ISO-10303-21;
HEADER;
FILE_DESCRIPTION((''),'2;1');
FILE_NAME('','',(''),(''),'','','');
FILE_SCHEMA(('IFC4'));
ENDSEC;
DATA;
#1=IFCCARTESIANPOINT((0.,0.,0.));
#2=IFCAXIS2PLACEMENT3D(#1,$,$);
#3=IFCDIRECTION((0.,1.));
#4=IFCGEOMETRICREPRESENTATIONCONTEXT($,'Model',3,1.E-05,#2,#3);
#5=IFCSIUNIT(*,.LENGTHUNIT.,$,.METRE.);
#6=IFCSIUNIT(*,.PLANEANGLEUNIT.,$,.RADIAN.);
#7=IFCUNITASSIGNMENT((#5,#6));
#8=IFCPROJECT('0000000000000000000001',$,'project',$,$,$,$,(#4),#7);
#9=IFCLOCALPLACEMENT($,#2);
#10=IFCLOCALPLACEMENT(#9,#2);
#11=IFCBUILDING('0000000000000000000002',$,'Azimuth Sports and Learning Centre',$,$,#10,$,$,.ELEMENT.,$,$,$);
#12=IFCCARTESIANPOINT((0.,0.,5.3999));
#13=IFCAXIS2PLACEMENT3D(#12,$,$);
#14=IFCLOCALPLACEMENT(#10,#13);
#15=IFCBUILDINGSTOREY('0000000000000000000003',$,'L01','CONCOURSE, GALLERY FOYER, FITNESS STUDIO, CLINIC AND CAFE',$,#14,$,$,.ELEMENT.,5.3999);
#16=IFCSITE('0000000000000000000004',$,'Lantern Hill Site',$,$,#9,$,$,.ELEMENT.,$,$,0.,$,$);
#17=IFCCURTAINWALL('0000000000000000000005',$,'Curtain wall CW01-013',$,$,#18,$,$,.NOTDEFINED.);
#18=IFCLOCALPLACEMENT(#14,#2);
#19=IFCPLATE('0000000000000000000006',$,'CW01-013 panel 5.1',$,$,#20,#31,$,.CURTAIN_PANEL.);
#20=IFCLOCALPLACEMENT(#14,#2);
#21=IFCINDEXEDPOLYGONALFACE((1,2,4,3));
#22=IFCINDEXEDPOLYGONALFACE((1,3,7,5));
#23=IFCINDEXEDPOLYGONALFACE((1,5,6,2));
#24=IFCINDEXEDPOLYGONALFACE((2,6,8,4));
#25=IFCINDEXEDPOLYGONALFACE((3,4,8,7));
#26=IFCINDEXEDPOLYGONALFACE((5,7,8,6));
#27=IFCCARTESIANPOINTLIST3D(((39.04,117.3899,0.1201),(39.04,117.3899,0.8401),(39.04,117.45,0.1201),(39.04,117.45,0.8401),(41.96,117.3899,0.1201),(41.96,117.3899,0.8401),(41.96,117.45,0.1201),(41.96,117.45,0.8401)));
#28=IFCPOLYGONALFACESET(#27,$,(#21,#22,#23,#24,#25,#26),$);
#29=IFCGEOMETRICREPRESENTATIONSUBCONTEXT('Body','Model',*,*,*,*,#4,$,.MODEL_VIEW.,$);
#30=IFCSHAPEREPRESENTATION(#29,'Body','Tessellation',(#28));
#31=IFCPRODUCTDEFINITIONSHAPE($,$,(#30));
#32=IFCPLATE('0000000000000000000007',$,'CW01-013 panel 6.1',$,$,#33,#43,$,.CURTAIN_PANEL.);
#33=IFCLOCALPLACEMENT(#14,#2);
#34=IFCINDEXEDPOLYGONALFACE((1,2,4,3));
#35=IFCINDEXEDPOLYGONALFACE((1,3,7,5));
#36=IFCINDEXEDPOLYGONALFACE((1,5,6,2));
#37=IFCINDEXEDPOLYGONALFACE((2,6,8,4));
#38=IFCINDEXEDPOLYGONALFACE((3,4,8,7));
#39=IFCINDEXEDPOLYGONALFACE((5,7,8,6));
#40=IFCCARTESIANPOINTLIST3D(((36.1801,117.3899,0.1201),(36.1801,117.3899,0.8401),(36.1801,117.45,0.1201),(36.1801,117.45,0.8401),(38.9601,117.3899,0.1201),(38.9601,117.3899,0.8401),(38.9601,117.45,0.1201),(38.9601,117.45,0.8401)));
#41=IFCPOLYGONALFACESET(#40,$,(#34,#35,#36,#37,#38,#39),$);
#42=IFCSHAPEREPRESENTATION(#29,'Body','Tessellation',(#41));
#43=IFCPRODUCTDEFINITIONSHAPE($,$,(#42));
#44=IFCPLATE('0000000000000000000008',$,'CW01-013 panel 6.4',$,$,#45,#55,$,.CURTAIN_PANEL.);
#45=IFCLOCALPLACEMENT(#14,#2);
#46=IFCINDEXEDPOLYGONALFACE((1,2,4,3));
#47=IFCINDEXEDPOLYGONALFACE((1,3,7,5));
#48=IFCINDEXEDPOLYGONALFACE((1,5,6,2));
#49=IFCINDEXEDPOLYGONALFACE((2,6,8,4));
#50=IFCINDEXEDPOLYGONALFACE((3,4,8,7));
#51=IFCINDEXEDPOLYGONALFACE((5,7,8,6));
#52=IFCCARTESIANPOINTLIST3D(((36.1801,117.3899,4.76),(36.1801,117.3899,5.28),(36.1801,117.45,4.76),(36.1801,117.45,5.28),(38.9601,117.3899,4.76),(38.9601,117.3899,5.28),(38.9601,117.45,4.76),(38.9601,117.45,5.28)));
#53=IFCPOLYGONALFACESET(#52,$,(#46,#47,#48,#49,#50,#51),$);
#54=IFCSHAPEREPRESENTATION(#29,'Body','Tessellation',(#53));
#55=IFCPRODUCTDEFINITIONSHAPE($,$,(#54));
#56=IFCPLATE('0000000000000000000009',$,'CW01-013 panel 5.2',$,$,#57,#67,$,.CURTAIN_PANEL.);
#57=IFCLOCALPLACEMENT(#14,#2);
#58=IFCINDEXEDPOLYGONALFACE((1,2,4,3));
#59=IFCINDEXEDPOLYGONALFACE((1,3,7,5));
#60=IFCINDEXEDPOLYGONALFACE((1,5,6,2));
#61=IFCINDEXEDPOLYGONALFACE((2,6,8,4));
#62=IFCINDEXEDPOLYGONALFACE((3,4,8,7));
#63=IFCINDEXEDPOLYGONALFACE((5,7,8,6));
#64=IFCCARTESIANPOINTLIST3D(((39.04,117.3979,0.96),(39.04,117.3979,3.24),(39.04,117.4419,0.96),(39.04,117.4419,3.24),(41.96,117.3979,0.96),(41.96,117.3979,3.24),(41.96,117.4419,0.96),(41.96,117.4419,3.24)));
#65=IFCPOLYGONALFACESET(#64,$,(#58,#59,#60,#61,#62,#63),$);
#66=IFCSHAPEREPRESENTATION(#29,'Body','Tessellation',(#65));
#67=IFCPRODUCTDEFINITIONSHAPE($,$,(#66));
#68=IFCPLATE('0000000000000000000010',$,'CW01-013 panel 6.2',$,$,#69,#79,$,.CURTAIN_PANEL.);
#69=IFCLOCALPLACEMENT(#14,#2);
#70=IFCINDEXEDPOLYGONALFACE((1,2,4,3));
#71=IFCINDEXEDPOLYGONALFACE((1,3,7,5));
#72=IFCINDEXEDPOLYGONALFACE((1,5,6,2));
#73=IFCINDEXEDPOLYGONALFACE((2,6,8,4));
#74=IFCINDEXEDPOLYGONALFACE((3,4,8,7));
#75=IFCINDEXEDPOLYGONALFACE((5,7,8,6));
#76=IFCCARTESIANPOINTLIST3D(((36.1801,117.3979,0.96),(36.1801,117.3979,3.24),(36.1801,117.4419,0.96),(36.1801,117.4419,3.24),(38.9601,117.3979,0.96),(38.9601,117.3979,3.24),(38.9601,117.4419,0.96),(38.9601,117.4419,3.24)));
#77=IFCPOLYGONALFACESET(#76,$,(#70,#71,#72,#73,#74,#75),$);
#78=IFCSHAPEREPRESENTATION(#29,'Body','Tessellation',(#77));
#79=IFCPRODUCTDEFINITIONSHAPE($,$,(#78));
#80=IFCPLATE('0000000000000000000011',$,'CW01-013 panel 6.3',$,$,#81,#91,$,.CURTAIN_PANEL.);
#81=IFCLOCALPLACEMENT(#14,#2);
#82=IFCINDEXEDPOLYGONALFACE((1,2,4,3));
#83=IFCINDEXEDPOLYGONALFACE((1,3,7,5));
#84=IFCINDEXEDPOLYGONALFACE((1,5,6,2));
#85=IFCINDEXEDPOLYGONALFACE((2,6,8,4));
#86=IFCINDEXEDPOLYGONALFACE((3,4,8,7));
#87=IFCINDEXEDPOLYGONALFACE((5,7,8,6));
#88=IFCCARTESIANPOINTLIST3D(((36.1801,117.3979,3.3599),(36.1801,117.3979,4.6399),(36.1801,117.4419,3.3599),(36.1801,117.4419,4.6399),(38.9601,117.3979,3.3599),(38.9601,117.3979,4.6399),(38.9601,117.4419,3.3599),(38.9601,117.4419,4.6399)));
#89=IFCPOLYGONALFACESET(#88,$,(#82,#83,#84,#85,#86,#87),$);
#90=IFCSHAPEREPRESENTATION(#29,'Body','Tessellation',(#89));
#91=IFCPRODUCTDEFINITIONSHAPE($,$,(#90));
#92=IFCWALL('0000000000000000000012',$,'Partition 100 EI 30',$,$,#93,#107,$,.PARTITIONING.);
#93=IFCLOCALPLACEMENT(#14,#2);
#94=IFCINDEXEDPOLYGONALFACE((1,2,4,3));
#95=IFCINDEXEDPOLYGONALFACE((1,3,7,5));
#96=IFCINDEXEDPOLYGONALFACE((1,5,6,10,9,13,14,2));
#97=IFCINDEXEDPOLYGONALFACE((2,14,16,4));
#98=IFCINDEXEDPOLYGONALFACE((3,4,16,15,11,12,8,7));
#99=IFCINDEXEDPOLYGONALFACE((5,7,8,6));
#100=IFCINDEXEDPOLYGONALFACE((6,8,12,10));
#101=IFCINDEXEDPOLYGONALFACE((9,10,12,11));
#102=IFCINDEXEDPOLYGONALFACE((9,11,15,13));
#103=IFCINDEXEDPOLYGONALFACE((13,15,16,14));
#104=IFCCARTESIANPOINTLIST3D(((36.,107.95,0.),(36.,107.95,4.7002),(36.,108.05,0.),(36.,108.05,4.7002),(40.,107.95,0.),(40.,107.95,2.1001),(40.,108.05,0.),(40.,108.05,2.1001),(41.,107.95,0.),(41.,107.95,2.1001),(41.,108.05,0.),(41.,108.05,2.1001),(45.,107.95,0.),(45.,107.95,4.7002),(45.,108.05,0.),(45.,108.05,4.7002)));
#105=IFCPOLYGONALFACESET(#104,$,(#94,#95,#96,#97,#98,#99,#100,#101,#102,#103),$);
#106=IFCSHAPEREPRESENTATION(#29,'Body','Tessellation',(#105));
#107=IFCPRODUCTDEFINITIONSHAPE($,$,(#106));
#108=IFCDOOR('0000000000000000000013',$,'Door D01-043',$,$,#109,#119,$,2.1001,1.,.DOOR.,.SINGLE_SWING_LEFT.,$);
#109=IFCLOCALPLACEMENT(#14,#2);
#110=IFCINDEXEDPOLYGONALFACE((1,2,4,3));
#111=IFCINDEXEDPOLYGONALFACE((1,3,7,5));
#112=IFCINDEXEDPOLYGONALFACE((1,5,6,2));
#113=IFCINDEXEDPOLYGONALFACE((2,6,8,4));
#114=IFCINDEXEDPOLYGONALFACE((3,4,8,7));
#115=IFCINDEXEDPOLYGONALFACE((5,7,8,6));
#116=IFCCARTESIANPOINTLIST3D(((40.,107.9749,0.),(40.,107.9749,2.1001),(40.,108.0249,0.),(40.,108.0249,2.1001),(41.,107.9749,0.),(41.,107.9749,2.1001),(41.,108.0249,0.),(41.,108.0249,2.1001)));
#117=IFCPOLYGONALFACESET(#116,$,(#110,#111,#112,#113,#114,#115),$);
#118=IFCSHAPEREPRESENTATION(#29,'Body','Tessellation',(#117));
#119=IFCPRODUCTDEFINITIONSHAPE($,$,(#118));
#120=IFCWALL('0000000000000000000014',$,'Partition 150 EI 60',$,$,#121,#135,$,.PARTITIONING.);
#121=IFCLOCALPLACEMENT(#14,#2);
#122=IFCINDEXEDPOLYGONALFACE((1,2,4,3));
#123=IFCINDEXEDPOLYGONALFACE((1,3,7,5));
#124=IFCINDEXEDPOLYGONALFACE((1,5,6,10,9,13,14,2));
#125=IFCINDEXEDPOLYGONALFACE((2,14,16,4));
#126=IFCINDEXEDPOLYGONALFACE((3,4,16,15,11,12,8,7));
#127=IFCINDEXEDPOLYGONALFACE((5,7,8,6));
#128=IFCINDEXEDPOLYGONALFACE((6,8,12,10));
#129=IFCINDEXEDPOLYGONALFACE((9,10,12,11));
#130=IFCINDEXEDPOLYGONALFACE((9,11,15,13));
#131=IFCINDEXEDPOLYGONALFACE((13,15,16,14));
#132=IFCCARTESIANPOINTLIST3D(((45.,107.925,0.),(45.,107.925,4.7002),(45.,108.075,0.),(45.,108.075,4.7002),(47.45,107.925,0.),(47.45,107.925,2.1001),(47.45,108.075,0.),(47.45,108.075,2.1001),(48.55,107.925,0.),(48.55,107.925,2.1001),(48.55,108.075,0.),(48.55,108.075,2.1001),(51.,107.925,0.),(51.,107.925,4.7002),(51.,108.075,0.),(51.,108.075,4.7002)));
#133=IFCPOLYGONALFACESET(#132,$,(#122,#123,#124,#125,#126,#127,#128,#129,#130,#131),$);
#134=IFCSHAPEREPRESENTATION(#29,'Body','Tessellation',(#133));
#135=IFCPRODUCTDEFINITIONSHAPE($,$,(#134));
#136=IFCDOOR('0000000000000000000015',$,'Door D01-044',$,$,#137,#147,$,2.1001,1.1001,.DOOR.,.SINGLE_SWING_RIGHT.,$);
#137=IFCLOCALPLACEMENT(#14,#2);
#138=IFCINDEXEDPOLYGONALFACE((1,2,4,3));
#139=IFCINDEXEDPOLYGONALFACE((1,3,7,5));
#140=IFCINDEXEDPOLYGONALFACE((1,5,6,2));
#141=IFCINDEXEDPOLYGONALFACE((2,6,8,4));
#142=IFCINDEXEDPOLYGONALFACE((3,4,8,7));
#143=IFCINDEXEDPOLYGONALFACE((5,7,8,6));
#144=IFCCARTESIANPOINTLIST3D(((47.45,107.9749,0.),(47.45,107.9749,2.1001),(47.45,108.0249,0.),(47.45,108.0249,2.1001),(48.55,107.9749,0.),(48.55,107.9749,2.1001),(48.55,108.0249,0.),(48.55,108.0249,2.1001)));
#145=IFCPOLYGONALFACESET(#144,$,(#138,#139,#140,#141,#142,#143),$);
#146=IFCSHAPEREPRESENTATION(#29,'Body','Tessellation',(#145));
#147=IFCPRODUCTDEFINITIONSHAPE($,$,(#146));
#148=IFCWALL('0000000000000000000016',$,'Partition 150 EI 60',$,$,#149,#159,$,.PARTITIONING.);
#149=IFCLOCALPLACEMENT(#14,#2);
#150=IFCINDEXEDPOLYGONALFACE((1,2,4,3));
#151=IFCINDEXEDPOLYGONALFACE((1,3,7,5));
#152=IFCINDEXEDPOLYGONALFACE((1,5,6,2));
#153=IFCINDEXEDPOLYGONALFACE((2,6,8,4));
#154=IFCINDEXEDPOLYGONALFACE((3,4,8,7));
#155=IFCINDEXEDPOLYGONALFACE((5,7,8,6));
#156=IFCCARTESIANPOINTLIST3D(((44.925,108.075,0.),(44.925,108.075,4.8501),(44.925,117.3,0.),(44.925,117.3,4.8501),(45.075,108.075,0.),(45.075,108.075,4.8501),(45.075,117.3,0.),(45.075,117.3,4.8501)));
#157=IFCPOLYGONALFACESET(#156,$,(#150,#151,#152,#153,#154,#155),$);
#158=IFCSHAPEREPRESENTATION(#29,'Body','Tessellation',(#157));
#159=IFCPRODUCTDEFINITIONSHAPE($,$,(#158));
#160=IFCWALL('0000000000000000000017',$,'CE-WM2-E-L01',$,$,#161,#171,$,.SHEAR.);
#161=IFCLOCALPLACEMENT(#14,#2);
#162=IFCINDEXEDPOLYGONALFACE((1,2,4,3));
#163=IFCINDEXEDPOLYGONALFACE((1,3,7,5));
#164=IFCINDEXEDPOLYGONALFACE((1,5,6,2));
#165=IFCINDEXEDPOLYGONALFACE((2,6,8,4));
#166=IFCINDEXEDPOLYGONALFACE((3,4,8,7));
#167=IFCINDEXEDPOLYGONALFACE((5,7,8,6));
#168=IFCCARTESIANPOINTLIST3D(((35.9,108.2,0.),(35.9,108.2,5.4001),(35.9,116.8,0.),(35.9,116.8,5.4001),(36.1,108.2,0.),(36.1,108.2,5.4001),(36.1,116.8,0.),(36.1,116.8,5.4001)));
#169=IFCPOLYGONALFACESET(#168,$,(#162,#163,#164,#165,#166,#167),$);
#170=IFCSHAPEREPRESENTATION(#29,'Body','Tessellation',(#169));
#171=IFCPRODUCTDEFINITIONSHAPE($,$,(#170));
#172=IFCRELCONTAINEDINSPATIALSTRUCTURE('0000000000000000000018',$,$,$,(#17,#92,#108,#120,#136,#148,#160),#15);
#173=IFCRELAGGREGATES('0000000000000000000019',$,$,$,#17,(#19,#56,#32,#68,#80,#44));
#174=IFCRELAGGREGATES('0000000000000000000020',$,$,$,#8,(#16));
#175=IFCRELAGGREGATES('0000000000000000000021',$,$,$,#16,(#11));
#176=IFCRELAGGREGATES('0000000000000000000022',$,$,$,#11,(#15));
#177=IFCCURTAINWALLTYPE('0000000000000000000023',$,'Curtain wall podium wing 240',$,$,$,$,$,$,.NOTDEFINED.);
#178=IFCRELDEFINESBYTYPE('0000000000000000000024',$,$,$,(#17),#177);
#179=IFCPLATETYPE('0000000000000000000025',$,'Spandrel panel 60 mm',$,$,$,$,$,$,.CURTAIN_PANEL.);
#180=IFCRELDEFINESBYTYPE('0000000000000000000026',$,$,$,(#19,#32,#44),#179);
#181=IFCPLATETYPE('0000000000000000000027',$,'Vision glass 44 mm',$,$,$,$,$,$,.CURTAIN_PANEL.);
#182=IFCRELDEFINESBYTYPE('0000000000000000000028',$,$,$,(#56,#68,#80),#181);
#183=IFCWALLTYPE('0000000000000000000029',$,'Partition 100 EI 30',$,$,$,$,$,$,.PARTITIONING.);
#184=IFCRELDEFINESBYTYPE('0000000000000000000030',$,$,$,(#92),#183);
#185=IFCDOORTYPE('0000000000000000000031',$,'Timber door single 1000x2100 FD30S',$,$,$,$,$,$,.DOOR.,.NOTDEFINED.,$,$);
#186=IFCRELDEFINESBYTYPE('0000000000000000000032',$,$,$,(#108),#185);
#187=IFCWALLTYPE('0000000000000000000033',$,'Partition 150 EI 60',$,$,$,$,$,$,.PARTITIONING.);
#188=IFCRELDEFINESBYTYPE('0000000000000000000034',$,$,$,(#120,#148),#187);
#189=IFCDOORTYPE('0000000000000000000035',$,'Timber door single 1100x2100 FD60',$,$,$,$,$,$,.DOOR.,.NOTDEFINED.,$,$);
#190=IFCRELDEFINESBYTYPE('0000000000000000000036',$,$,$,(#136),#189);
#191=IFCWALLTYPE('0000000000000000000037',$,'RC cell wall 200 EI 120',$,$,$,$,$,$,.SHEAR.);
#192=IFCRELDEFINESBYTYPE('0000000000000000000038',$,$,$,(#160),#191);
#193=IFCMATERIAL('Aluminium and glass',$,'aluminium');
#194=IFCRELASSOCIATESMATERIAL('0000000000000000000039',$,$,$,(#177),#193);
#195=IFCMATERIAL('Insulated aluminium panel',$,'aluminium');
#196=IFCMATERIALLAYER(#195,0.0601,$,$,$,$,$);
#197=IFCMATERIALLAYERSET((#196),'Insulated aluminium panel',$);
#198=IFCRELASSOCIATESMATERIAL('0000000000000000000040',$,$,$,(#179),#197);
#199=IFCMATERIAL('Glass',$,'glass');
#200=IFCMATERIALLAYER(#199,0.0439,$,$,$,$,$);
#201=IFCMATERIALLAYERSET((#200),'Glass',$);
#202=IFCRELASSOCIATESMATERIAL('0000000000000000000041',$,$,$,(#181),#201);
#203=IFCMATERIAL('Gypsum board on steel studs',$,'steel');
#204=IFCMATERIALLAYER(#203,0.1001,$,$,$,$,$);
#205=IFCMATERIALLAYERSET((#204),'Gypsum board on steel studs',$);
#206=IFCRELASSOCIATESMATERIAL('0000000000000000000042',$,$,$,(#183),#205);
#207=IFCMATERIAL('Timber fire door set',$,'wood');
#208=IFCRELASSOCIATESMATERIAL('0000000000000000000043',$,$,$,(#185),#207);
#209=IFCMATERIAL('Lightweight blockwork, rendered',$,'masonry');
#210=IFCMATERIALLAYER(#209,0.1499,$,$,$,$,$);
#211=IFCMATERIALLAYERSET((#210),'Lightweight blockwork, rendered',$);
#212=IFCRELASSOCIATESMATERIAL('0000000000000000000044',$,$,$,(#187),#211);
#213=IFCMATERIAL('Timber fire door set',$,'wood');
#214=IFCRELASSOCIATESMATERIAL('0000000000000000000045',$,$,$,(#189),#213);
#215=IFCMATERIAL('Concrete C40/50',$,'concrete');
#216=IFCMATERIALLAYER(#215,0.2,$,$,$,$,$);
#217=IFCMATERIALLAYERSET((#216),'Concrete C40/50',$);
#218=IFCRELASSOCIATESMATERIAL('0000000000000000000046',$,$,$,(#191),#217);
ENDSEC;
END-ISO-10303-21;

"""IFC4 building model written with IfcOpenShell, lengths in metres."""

from ifc_helpers import new_model, si_unit, direction, frame, frame_2d, origin, origin_2d, place, context, subcontext, project, spatial, rectangle, extrude, material, layer, layer_set, type_object, element, fill, aggregate, save


model = new_model("IFC4")

# Units and contexts
model_context = context("Model", 3, precision=1e-05, world=origin(), true_north=direction((0.0, 1.0)))
body_context = subcontext(model_context, "Body", "Model", "MODEL_VIEW")
ifc_project = project(units=[si_unit("LENGTHUNIT", "METRE"), si_unit("PLANEANGLEUNIT", "RADIAN")], contexts=[model_context])

# Site, building, storey
site_placement = place(None, origin())
site = spatial("IfcSite", under=ifc_project, at=site_placement, Name="Lantern Hill Site", CompositionType="ELEMENT", RefElevation=0.0)
building_placement = place(site_placement, origin())
building = spatial("IfcBuilding", under=site, at=building_placement, Name="Azimuth Sports and Learning Centre", CompositionType="ELEMENT")
storey_placement = place(building_placement, frame((0.0, 0.0, 5.3999)))
storey = spatial("IfcBuildingStorey", under=building, at=storey_placement, Name="L01", Description="CONCOURSE, GALLERY FOYER, FITNESS STUDIO, CLINIC AND CAFE", CompositionType="ELEMENT", Elevation=5.3999)

# Curtain wall, plates
ifc_material_1 = material(Name="Aluminium and glass", Category="aluminium")
curtain_wall_type = type_object("IfcCurtainWallType", Name="Curtain wall podium wing 240", PredefinedType="NOTDEFINED", material=ifc_material_1)
curtain_wall_placement = place(storey_placement, origin())
curtain_wall = element("IfcCurtainWall", 1, at=curtain_wall_placement, inside=storey, type_object=curtain_wall_type, Name="Curtain wall CW01-013", PredefinedType="NOTDEFINED")
ifc_material_2 = material(Name="Insulated aluminium panel", Category="aluminium")
ifc_layer_1 = layer(ifc_material_2, 0.0601)
ifc_layer_set_1 = layer_set([ifc_layer_1], Name="Insulated aluminium panel")
plate_type_1 = type_object("IfcPlateType", Name="Spandrel panel 60 mm", PredefinedType="CURTAIN_PANEL", material=ifc_layer_set_1)
plate_1_placement = place(storey_placement, frame((40.5, 117.4199, 0.1201), z_axis=(0.0, 0.0, 1.0), x_axis=(-1.0, 0.0, 0.0)))
plate_1 = element("IfcPlate", 2, at=plate_1_placement, type_object=plate_type_1, Name="CW01-013 panel 5.1", PredefinedType="CURTAIN_PANEL", context=body_context, shape_type="SweptSolid", body=[
    extrude(rectangle(XDim=2.9199, YDim=0.0601, at=origin_2d()), origin(), (0.0, 0.0, 1.0), 0.72),
])
plate_2_placement = place(storey_placement, frame((37.5701, 117.4199, 0.1201), z_axis=(0.0, 0.0, 1.0), x_axis=(-1.0, 0.0, 0.0)))
plate_2 = element("IfcPlate", 3, at=plate_2_placement, type_object=plate_type_1, Name="CW01-013 panel 6.1", PredefinedType="CURTAIN_PANEL", context=body_context, shape_type="SweptSolid", body=[
    extrude(rectangle(XDim=2.78, YDim=0.0601, at=origin_2d()), origin(), (0.0, 0.0, 1.0), 0.72),
])
plate_3_placement = place(storey_placement, frame((37.5701, 117.4199, 4.76), z_axis=(0.0, 0.0, 1.0), x_axis=(-1.0, 0.0, 0.0)))
plate_3 = element("IfcPlate", 4, at=plate_3_placement, type_object=plate_type_1, Name="CW01-013 panel 6.4", PredefinedType="CURTAIN_PANEL", context=body_context, shape_type="SweptSolid", body=[
    extrude(rectangle(XDim=2.78, YDim=0.0601, at=origin_2d()), origin(), (0.0, 0.0, 1.0), 0.52),
])
ifc_material_3 = material(Name="Glass", Category="glass")
ifc_layer_2 = layer(ifc_material_3, 0.0439)
ifc_layer_set_2 = layer_set([ifc_layer_2], Name="Glass")
plate_type_2 = type_object("IfcPlateType", Name="Vision glass 44 mm", PredefinedType="CURTAIN_PANEL", material=ifc_layer_set_2)
plate_4_placement = place(storey_placement, frame((40.5, 117.4199, 0.96), z_axis=(0.0, 0.0, 1.0), x_axis=(-1.0, 0.0, 0.0)))
plate_4 = element("IfcPlate", 5, at=plate_4_placement, type_object=plate_type_2, Name="CW01-013 panel 5.2", PredefinedType="CURTAIN_PANEL", context=body_context, shape_type="SweptSolid", body=[
    extrude(rectangle(XDim=2.9199, YDim=0.0439, at=origin_2d()), origin(), (0.0, 0.0, 1.0), 2.28),
])
plate_5_placement = place(storey_placement, frame((37.5701, 117.4199, 0.96), z_axis=(0.0, 0.0, 1.0), x_axis=(-1.0, 0.0, 0.0)))
plate_5 = element("IfcPlate", 6, at=plate_5_placement, type_object=plate_type_2, Name="CW01-013 panel 6.2", PredefinedType="CURTAIN_PANEL", context=body_context, shape_type="SweptSolid", body=[
    extrude(rectangle(XDim=2.78, YDim=0.0439, at=origin_2d()), origin(), (0.0, 0.0, 1.0), 2.28),
])
plate_6_placement = place(storey_placement, frame((37.5701, 117.4199, 3.3599), z_axis=(0.0, 0.0, 1.0), x_axis=(-1.0, 0.0, 0.0)))
plate_6 = element("IfcPlate", 7, at=plate_6_placement, type_object=plate_type_2, Name="CW01-013 panel 6.3", PredefinedType="CURTAIN_PANEL", context=body_context, shape_type="SweptSolid", body=[
    extrude(rectangle(XDim=2.78, YDim=0.0439, at=origin_2d()), origin(), (0.0, 0.0, 1.0), 1.28),
])
aggregate(curtain_wall, [plate_1, plate_4, plate_2, plate_5, plate_6, plate_3])

# Walls, openings, doors
ifc_material_4 = material(Name="Gypsum board on steel studs", Category="steel")
ifc_layer_3 = layer(ifc_material_4, 0.1001)
ifc_layer_set_3 = layer_set([ifc_layer_3], Name="Gypsum board on steel studs")
wall_type_1 = type_object("IfcWallType", Name="Partition 100 EI 30", PredefinedType="PARTITIONING", material=ifc_layer_set_3)
wall_1_placement = place(storey_placement, frame((36.0, 108.0, 0.0), z_axis=(0.0, 0.0, 1.0), x_axis=(1.0, 0.0, 0.0)))
wall_1 = element("IfcWall", 8, at=wall_1_placement, inside=storey, type_object=wall_type_1, Name="Partition 100 EI 30", PredefinedType="PARTITIONING", context=body_context, shape_type="SweptSolid", body=[
    extrude(rectangle(XDim=9.0, YDim=0.1001, at=frame_2d((4.5, 0.0))), origin(), (0.0, 0.0, 1.0), 4.7002),
])
opening_1_placement = place(wall_1_placement, frame((4.0, 0.0, 0.0)))
opening_1 = element("IfcOpeningElement", 9, at=opening_1_placement, cuts=wall_1, PredefinedType="OPENING", context=body_context, shape_type="SweptSolid", body=[
    extrude(rectangle(XDim=1.0, YDim=2.1001, at=frame_2d((0.5, 1.05))), frame((0.0, 0.061, 0.0), z_axis=(0.0, -1.0, 0.0), x_axis=(1.0, 0.0, 0.0)), (0.0, 0.0, 1.0), 0.1221),
])
ifc_material_5 = material(Name="Timber fire door set", Category="wood")
door_type_1 = type_object("IfcDoorType", Name="Timber door single 1000x2100 FD30S", OperationType="NOTDEFINED", PredefinedType="DOOR", material=ifc_material_5)
door_1_placement = place(opening_1_placement, origin())
door_1 = element("IfcDoor", 10, at=door_1_placement, inside=storey, type_object=door_type_1, Name="Door D01-043", OperationType="SINGLE_SWING_LEFT", OverallHeight=2.1001, OverallWidth=1.0, PredefinedType="DOOR", context=body_context, shape_type="SweptSolid", body=[
    extrude(rectangle(XDim=1.0, YDim=2.1001, at=frame_2d((0.5, 1.05))), frame((0.0, 0.0249, 0.0), z_axis=(0.0, -1.0, 0.0), x_axis=(1.0, 0.0, 0.0)), (0.0, 0.0, 1.0), 0.05),
])
fill(opening_1, door_1)
ifc_material_6 = material(Name="Lightweight blockwork, rendered", Category="masonry")
ifc_layer_4 = layer(ifc_material_6, 0.1499)
ifc_layer_set_4 = layer_set([ifc_layer_4], Name="Lightweight blockwork, rendered")
wall_type_2 = type_object("IfcWallType", Name="Partition 150 EI 60", PredefinedType="PARTITIONING", material=ifc_layer_set_4)
wall_2_placement = place(storey_placement, frame((45.0, 108.0, 0.0), z_axis=(0.0, 0.0, 1.0), x_axis=(1.0, 0.0, 0.0)))
wall_2 = element("IfcWall", 11, at=wall_2_placement, inside=storey, type_object=wall_type_2, Name="Partition 150 EI 60", PredefinedType="PARTITIONING", context=body_context, shape_type="SweptSolid", body=[
    extrude(rectangle(XDim=6.0, YDim=0.1499, at=frame_2d((3.0, 0.0))), origin(), (0.0, 0.0, 1.0), 4.7002),
])
opening_2_placement = place(wall_2_placement, frame((2.45, 0.0, 0.0)))
opening_2 = element("IfcOpeningElement", 12, at=opening_2_placement, cuts=wall_2, PredefinedType="OPENING", context=body_context, shape_type="SweptSolid", body=[
    extrude(rectangle(XDim=1.1001, YDim=2.1001, at=frame_2d((0.55, 1.05))), frame((0.0, 0.0859, 0.0), z_axis=(0.0, -1.0, 0.0), x_axis=(1.0, 0.0, 0.0)), (0.0, 0.0, 1.0), 0.1719),
])
ifc_material_7 = material(Name="Timber fire door set", Category="wood")
door_type_2 = type_object("IfcDoorType", Name="Timber door single 1100x2100 FD60", OperationType="NOTDEFINED", PredefinedType="DOOR", material=ifc_material_7)
door_2_placement = place(opening_2_placement, origin())
door_2 = element("IfcDoor", 13, at=door_2_placement, inside=storey, type_object=door_type_2, Name="Door D01-044", OperationType="SINGLE_SWING_RIGHT", OverallHeight=2.1001, OverallWidth=1.1001, PredefinedType="DOOR", context=body_context, shape_type="SweptSolid", body=[
    extrude(rectangle(XDim=1.1001, YDim=2.1001, at=frame_2d((0.55, 1.05))), frame((0.0, 0.0249, 0.0), z_axis=(0.0, -1.0, 0.0), x_axis=(1.0, 0.0, 0.0)), (0.0, 0.0, 1.0), 0.05),
])
fill(opening_2, door_2)

# Walls
wall_3_placement = place(storey_placement, frame((45.0, 108.075, 0.0), z_axis=(0.0, 0.0, 1.0), x_axis=(0.0, 1.0, 0.0)))
element("IfcWall", 14, at=wall_3_placement, inside=storey, type_object=wall_type_2, Name="Partition 150 EI 60", PredefinedType="PARTITIONING", context=body_context, shape_type="SweptSolid", body=[
    extrude(rectangle(XDim=9.2251, YDim=0.1499, at=frame_2d((4.6125, 0.0))), origin(), (0.0, 0.0, 1.0), 4.8501),
])
ifc_material_8 = material(Name="Concrete C40/50", Category="concrete")
ifc_layer_5 = layer(ifc_material_8, 0.2)
ifc_layer_set_5 = layer_set([ifc_layer_5], Name="Concrete C40/50")
wall_type_3 = type_object("IfcWallType", Name="RC cell wall 200 EI 120", PredefinedType="SHEAR", material=ifc_layer_set_5)
wall_4_placement = place(storey_placement, frame((36.0, 108.2, 0.0), z_axis=(0.0, 0.0, 1.0), x_axis=(0.0, 1.0, 0.0)))
element("IfcWall", 15, at=wall_4_placement, inside=storey, type_object=wall_type_3, Name="CE-WM2-E-L01", PredefinedType="SHEAR", context=body_context, shape_type="SweptSolid", body=[
    extrude(rectangle(XDim=8.6001, YDim=0.2, at=frame_2d((4.3, 0.0))), origin(), (0.0, 0.0, 1.0), 5.4001),
])

save(model, "model.ifc")
